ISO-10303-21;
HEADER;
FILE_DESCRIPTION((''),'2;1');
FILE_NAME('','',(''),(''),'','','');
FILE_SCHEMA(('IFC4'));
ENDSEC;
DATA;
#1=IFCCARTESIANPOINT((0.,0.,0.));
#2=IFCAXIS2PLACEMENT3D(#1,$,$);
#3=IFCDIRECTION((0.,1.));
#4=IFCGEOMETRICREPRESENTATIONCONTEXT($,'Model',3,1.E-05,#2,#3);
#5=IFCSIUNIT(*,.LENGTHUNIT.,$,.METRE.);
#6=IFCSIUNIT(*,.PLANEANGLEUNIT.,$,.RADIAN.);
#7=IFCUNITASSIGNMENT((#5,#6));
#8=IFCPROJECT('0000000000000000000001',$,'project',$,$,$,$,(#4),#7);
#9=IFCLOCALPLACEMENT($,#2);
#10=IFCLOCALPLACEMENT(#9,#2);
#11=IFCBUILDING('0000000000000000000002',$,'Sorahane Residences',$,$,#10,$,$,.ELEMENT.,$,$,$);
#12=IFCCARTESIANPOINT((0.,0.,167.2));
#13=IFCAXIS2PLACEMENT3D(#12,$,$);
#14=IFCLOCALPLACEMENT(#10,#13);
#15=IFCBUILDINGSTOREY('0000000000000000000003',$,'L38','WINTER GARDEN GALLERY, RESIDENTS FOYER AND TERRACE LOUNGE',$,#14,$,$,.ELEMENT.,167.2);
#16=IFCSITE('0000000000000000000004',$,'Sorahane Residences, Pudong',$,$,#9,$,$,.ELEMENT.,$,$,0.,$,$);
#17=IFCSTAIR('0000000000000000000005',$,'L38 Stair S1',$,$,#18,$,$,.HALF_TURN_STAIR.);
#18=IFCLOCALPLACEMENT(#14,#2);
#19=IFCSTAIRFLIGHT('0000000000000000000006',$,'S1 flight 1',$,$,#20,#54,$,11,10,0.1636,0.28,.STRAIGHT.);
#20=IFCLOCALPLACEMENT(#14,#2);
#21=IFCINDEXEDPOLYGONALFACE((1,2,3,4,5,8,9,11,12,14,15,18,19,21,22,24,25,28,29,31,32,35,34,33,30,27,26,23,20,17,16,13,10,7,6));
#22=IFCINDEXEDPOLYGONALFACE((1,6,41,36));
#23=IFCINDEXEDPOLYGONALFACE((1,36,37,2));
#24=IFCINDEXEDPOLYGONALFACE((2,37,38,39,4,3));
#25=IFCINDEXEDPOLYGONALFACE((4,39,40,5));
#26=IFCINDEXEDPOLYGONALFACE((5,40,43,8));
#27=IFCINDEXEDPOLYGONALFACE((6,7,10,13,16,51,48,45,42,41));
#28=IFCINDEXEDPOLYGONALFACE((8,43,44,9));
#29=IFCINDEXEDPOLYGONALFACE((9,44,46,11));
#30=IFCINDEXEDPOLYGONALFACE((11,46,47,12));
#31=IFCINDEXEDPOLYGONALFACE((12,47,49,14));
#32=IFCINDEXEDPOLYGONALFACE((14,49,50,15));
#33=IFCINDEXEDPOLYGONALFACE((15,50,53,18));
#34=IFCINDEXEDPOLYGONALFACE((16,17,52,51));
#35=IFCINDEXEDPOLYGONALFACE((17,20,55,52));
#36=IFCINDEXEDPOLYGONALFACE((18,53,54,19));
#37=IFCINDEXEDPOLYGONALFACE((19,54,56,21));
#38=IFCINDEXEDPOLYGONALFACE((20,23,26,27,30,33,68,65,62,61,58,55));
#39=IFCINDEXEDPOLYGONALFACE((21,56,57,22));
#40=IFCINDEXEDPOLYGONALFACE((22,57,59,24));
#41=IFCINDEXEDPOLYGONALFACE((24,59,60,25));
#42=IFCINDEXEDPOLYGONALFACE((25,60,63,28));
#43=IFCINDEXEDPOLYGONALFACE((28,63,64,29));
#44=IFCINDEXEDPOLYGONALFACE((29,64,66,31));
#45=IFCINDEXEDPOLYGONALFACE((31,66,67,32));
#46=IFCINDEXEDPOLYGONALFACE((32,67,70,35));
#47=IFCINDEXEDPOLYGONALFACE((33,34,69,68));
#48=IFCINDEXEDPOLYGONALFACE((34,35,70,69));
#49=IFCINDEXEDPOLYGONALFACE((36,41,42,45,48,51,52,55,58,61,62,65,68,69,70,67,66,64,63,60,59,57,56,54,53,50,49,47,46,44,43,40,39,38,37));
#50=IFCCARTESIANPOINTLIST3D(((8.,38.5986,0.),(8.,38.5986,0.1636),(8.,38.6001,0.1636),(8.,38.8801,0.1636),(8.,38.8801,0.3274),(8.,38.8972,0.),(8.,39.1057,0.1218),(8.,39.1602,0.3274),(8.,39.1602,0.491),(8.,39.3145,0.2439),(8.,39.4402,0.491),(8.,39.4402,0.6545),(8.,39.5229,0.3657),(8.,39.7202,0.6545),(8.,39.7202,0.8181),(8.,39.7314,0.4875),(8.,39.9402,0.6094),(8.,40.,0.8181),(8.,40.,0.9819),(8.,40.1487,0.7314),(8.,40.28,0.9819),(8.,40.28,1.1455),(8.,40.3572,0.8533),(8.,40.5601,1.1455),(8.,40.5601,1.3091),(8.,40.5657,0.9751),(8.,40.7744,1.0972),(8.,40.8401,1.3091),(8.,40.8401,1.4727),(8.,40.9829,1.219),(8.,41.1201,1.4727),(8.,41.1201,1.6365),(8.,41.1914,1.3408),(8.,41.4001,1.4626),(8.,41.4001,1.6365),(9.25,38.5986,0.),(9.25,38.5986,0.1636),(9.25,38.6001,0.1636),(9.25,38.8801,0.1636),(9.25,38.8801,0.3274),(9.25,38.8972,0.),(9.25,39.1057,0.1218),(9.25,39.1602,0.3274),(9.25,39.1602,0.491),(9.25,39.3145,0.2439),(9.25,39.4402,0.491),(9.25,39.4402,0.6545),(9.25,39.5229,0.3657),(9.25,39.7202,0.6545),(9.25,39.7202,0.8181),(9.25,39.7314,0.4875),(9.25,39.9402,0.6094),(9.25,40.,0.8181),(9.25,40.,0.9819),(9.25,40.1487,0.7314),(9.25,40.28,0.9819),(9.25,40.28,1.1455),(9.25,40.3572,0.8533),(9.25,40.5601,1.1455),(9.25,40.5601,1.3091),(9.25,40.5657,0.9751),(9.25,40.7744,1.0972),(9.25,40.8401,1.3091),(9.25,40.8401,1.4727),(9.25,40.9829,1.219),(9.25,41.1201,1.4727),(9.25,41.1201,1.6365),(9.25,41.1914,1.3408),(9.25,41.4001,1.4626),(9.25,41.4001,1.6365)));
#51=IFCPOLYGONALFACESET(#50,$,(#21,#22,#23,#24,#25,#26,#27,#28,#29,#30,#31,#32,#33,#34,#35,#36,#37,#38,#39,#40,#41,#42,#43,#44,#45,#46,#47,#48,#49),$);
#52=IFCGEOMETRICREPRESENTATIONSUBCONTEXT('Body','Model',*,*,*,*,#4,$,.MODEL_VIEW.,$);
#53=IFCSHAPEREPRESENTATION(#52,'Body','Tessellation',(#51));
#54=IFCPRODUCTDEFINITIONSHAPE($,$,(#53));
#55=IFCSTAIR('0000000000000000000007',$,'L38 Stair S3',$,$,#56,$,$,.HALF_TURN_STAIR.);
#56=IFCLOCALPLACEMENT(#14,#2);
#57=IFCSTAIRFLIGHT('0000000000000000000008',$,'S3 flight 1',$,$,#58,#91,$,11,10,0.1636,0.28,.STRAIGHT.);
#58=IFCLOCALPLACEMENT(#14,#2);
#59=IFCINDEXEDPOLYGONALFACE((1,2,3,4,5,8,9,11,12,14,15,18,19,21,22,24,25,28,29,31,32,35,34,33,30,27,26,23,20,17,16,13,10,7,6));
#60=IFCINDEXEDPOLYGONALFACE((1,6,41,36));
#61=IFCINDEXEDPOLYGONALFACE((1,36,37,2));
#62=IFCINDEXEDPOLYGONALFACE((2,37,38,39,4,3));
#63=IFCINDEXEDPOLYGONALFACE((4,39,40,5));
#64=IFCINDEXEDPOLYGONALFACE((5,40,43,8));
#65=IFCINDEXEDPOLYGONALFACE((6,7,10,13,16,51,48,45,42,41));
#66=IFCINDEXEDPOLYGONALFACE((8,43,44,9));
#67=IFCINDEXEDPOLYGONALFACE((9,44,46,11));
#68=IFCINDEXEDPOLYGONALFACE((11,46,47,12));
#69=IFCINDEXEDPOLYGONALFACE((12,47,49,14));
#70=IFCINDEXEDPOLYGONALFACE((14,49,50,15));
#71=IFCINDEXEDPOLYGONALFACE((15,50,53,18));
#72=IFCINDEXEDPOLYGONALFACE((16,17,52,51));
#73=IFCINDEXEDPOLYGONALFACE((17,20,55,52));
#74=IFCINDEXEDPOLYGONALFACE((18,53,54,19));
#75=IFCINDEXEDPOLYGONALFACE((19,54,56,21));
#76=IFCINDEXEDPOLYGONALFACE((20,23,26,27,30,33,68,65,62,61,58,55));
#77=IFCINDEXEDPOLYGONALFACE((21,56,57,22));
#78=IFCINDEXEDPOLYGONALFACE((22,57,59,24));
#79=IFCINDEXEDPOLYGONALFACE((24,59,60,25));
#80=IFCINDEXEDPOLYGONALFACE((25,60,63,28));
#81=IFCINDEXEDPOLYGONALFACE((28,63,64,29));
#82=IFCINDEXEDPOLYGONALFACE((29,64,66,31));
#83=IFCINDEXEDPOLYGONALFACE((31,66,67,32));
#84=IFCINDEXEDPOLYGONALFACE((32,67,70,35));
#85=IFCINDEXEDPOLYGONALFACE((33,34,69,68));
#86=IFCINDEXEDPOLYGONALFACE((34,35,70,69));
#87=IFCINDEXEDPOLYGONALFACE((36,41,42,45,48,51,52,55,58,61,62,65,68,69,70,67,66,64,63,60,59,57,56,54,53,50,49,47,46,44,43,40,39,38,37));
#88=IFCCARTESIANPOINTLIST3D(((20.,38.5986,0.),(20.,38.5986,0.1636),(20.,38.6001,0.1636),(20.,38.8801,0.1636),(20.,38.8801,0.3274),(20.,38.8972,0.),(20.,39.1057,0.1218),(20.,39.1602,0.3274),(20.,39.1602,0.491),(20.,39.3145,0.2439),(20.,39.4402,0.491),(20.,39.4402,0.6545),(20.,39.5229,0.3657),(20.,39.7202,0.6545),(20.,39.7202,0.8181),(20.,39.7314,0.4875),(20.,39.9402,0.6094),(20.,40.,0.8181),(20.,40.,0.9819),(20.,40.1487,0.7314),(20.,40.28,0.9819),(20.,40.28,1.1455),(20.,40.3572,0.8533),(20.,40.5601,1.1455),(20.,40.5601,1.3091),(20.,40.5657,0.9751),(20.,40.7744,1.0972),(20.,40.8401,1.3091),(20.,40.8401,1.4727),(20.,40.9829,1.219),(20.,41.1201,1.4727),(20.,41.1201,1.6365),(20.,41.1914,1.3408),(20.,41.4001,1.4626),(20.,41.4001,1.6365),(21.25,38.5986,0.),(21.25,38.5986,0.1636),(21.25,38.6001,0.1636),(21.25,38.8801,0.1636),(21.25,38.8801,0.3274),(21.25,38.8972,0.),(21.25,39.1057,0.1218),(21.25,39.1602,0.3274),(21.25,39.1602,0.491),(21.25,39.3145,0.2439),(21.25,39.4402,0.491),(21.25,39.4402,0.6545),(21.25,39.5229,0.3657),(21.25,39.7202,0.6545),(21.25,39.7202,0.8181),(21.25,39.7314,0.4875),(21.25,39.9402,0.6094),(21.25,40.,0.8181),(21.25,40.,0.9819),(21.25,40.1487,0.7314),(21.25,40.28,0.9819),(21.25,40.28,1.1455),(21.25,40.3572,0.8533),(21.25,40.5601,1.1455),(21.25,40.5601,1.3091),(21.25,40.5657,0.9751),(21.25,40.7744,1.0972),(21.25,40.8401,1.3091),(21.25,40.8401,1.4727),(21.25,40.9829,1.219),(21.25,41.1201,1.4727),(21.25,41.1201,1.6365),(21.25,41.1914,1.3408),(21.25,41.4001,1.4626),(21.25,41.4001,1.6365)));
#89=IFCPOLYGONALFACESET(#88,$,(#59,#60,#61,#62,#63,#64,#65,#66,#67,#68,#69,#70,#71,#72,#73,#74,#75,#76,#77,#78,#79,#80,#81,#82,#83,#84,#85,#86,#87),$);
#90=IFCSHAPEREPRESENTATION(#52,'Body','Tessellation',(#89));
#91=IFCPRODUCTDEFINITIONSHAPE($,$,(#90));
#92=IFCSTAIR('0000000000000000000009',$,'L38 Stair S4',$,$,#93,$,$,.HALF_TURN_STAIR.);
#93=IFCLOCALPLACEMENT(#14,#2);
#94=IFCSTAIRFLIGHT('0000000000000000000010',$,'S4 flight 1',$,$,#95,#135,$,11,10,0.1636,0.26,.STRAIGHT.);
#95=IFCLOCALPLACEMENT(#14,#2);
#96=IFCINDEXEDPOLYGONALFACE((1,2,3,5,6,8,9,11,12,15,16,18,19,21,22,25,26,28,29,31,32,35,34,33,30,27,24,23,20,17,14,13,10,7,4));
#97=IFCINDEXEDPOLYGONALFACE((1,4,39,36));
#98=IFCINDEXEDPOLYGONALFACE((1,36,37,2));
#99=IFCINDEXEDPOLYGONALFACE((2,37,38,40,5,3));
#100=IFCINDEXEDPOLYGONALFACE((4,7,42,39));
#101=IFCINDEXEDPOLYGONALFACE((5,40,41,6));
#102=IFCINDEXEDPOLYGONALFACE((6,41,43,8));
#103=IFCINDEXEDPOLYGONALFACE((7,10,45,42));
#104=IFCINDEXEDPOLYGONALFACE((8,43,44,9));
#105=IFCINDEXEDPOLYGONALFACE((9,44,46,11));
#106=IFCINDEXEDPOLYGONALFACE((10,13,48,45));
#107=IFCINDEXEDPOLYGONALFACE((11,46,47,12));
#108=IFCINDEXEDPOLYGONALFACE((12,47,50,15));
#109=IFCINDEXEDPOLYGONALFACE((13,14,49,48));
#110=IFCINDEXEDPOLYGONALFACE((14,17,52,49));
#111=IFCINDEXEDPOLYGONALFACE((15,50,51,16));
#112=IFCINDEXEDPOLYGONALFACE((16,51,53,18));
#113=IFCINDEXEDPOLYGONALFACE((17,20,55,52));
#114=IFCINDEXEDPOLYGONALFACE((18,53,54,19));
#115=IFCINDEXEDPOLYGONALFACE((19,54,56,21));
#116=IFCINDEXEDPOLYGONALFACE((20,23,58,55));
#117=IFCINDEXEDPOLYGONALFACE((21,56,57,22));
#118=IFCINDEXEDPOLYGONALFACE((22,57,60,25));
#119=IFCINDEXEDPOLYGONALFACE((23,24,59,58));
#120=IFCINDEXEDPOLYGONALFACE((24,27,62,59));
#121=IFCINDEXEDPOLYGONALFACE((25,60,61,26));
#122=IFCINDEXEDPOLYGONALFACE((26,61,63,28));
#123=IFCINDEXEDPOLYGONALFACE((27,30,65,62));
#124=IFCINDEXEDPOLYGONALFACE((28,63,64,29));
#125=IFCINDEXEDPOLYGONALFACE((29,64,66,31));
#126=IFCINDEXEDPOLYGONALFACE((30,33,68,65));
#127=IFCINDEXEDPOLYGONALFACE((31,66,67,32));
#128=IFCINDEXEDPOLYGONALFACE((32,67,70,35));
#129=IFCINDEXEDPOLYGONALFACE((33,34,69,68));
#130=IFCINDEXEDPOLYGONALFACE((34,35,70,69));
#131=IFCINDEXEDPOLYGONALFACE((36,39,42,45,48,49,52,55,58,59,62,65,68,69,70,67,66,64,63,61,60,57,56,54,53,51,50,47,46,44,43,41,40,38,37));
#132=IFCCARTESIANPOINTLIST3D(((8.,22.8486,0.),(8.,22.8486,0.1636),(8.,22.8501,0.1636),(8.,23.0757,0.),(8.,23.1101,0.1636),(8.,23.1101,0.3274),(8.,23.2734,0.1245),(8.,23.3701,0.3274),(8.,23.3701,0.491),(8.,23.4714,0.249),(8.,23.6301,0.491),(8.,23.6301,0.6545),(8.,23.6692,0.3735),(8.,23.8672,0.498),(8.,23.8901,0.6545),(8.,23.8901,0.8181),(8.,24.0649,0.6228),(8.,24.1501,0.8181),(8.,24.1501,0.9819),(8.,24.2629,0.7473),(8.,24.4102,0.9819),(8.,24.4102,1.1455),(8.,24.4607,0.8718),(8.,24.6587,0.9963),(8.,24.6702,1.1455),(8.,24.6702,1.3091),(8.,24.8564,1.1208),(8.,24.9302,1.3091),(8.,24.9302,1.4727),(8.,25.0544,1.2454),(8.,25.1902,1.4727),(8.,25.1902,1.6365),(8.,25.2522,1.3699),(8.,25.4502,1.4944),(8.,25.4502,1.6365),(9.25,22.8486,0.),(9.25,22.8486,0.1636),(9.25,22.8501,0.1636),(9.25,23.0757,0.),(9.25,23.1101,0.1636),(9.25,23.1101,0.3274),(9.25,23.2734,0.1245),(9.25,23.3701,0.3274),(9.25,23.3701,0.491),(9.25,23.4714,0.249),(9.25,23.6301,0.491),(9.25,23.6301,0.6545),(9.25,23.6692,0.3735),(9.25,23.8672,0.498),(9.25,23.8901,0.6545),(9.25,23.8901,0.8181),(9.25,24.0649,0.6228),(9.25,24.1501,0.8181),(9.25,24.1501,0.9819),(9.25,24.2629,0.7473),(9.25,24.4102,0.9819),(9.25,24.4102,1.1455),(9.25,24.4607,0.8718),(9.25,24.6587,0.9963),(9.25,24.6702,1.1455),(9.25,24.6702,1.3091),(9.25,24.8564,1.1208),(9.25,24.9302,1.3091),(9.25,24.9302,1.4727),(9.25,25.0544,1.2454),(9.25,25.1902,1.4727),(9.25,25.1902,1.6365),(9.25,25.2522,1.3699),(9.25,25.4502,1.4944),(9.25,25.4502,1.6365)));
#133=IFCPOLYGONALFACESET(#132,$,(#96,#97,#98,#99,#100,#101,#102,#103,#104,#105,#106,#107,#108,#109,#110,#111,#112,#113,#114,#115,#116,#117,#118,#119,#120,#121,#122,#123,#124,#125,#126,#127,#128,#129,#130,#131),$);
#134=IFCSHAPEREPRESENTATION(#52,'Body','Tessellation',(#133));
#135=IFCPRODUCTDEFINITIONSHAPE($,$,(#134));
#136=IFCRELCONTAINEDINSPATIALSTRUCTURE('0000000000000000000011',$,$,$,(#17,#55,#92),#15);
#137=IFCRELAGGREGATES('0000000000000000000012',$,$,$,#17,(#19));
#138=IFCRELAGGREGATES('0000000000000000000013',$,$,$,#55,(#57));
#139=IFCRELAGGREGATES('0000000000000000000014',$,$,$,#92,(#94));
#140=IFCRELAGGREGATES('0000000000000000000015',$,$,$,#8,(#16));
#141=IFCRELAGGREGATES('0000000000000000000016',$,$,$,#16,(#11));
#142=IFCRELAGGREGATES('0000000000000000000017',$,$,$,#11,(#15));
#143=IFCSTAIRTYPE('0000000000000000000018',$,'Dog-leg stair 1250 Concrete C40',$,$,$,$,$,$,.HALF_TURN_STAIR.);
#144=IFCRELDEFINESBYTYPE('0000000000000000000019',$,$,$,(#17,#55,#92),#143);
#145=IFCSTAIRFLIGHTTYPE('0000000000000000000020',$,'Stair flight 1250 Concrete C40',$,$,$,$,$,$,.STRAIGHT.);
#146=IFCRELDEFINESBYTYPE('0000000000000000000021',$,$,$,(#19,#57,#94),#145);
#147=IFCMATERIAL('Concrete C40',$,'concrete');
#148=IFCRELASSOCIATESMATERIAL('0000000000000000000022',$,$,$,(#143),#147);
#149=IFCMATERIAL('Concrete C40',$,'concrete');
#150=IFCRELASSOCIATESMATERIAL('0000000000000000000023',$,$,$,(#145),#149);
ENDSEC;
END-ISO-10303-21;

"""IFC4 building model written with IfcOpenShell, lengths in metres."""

from ifc_helpers import new_model, si_unit, direction, frame, origin, place, context, subcontext, project, spatial, polyline, outline, extrude, material, type_object, element, aggregate, save


model = new_model("IFC4")

# Units and contexts
model_context = context("Model", 3, precision=1e-05, world=origin(), true_north=direction((0.0, 1.0)))
body_context = subcontext(model_context, "Body", "Model", "MODEL_VIEW")
ifc_project = project(units=[si_unit("LENGTHUNIT", "METRE"), si_unit("PLANEANGLEUNIT", "RADIAN")], contexts=[model_context])

# Site, building, storey
site_placement = place(None, origin())
site = spatial("IfcSite", under=ifc_project, at=site_placement, Name="Sorahane Residences, Pudong", CompositionType="ELEMENT", RefElevation=0.0)
building_placement = place(site_placement, origin())
building = spatial("IfcBuilding", under=site, at=building_placement, Name="Sorahane Residences", CompositionType="ELEMENT")
storey_placement = place(building_placement, frame((0.0, 0.0, 167.2)))
storey = spatial("IfcBuildingStorey", under=building, at=storey_placement, Name="L38", Description="WINTER GARDEN GALLERY, RESIDENTS FOYER AND TERRACE LOUNGE", CompositionType="ELEMENT", Elevation=167.2)

# Stairs, stair flights
ifc_material_1 = material(Name="Concrete C40", Category="concrete")
stair_type = type_object("IfcStairType", Name="Dog-leg stair 1250 Concrete C40", PredefinedType="HALF_TURN_STAIR", material=ifc_material_1)
stair_1_placement = place(storey_placement, origin())
stair_1 = element("IfcStair", 1, at=stair_1_placement, inside=storey, type_object=stair_type, Name="L38 Stair S1", PredefinedType="HALF_TURN_STAIR")
ifc_material_2 = material(Name="Concrete C40", Category="concrete")
stair_flight_type = type_object("IfcStairFlightType", Name="Stair flight 1250 Concrete C40", PredefinedType="STRAIGHT", material=ifc_material_2)
stair_flight_1_placement = place(storey_placement, frame((8.625, 38.6001, 0.0), z_axis=(0.0, 0.0, 1.0), x_axis=(0.0, 1.0, 0.0)))
stair_flight_1 = element("IfcStairFlight", 2, at=stair_flight_1_placement, type_object=stair_flight_type, Name="S1 flight 1", NumberOfRisers=11, NumberOfTreads=10, PredefinedType="STRAIGHT", RiserHeight=0.1636, TreadLength=0.28, context=body_context, shape_type="SweptSolid", body=[
    extrude(outline(polyline([(-0.0015, 0.0), (-0.0015, 0.1636), (0.0, 0.1636), (0.28, 0.1636), (0.28, 0.3274), (0.5601, 0.3274), (0.5601, 0.491), (0.8401, 0.491), (0.8401, 0.6545), (1.1201, 0.6545), (1.1201, 0.8181), (1.3999, 0.8181), (1.3999, 0.9819), (1.6799, 0.9819), (1.6799, 1.1455), (1.96, 1.1455), (1.96, 1.3091), (2.24, 1.3091), (2.24, 1.4727), (2.52, 1.4727), (2.52, 1.6365), (2.8, 1.6365), (2.8, 1.8), (2.8, 1.4626), (2.5913, 1.3408), (2.3828, 1.219), (2.1743, 1.0972), (1.9656, 0.9751), (1.7571, 0.8533), (1.5486, 0.7314), (1.3401, 0.6094), (1.1313, 0.4875), (0.9229, 0.3657), (0.7144, 0.2439), (0.5056, 0.1218), (0.2971, 0.0), (-0.0015, 0.0)])), frame((0.0, 0.625, 0.0), z_axis=(0.0, -1.0, 0.0), x_axis=(1.0, 0.0, 0.0)), (0.0, 0.0, 1.0), 1.25),
])
aggregate(stair_1, [stair_flight_1])
stair_2_placement = place(storey_placement, origin())
stair_2 = element("IfcStair", 3, at=stair_2_placement, inside=storey, type_object=stair_type, Name="L38 Stair S3", PredefinedType="HALF_TURN_STAIR")
stair_flight_2_placement = place(storey_placement, frame((20.625, 38.6001, 0.0), z_axis=(0.0, 0.0, 1.0), x_axis=(0.0, 1.0, 0.0)))
stair_flight_2 = element("IfcStairFlight", 4, at=stair_flight_2_placement, type_object=stair_flight_type, Name="S3 flight 1", NumberOfRisers=11, NumberOfTreads=10, PredefinedType="STRAIGHT", RiserHeight=0.1636, TreadLength=0.28, context=body_context, shape_type="SweptSolid", body=[
    extrude(outline(polyline([(-0.0015, 0.0), (-0.0015, 0.1636), (0.0, 0.1636), (0.28, 0.1636), (0.28, 0.3274), (0.5601, 0.3274), (0.5601, 0.491), (0.8401, 0.491), (0.8401, 0.6545), (1.1201, 0.6545), (1.1201, 0.8181), (1.3999, 0.8181), (1.3999, 0.9819), (1.6799, 0.9819), (1.6799, 1.1455), (1.96, 1.1455), (1.96, 1.3091), (2.24, 1.3091), (2.24, 1.4727), (2.52, 1.4727), (2.52, 1.6365), (2.8, 1.6365), (2.8, 1.8), (2.8, 1.4626), (2.5913, 1.3408), (2.3828, 1.219), (2.1743, 1.0972), (1.9656, 0.9751), (1.7571, 0.8533), (1.5486, 0.7314), (1.3401, 0.6094), (1.1313, 0.4875), (0.9229, 0.3657), (0.7144, 0.2439), (0.5056, 0.1218), (0.2971, 0.0), (-0.0015, 0.0)])), frame((0.0, 0.625, 0.0), z_axis=(0.0, -1.0, 0.0), x_axis=(1.0, 0.0, 0.0)), (0.0, 0.0, 1.0), 1.25),
])
aggregate(stair_2, [stair_flight_2])
stair_3_placement = place(storey_placement, origin())
stair_3 = element("IfcStair", 5, at=stair_3_placement, inside=storey, type_object=stair_type, Name="L38 Stair S4", PredefinedType="HALF_TURN_STAIR")
stair_flight_3_placement = place(storey_placement, frame((8.625, 22.8501, 0.0), z_axis=(0.0, 0.0, 1.0), x_axis=(0.0, 1.0, 0.0)))
stair_flight_3 = element("IfcStairFlight", 6, at=stair_flight_3_placement, type_object=stair_flight_type, Name="S4 flight 1", NumberOfRisers=11, NumberOfTreads=10, PredefinedType="STRAIGHT", RiserHeight=0.1636, TreadLength=0.26, context=body_context, shape_type="SweptSolid", body=[
    extrude(outline(polyline([(-0.0015, 0.0), (-0.0015, 0.1636), (0.0, 0.1636), (0.26, 0.1636), (0.26, 0.3274), (0.52, 0.3274), (0.52, 0.491), (0.78, 0.491), (0.78, 0.6545), (1.04, 0.6545), (1.04, 0.8181), (1.3, 0.8181), (1.3, 0.9819), (1.5601, 0.9819), (1.5601, 1.1455), (1.8201, 1.1455), (1.8201, 1.3091), (2.0801, 1.3091), (2.0801, 1.4727), (2.3401, 1.4727), (2.3401, 1.6365), (2.6001, 1.6365), (2.6001, 1.8), (2.6001, 1.4944), (2.4021, 1.3699), (2.2043, 1.2454), (2.0063, 1.1208), (1.8086, 0.9963), (1.6106, 0.8718), (1.4128, 0.7473), (1.2148, 0.6228), (1.0171, 0.498), (0.8191, 0.3735), (0.6213, 0.249), (0.4233, 0.1245), (0.2256, 0.0), (-0.0015, 0.0)])), frame((0.0, 0.625, 0.0), z_axis=(0.0, -1.0, 0.0), x_axis=(1.0, 0.0, 0.0)), (0.0, 0.0, 1.0), 1.25),
])
aggregate(stair_3, [stair_flight_3])

save(model, "model.ifc")
